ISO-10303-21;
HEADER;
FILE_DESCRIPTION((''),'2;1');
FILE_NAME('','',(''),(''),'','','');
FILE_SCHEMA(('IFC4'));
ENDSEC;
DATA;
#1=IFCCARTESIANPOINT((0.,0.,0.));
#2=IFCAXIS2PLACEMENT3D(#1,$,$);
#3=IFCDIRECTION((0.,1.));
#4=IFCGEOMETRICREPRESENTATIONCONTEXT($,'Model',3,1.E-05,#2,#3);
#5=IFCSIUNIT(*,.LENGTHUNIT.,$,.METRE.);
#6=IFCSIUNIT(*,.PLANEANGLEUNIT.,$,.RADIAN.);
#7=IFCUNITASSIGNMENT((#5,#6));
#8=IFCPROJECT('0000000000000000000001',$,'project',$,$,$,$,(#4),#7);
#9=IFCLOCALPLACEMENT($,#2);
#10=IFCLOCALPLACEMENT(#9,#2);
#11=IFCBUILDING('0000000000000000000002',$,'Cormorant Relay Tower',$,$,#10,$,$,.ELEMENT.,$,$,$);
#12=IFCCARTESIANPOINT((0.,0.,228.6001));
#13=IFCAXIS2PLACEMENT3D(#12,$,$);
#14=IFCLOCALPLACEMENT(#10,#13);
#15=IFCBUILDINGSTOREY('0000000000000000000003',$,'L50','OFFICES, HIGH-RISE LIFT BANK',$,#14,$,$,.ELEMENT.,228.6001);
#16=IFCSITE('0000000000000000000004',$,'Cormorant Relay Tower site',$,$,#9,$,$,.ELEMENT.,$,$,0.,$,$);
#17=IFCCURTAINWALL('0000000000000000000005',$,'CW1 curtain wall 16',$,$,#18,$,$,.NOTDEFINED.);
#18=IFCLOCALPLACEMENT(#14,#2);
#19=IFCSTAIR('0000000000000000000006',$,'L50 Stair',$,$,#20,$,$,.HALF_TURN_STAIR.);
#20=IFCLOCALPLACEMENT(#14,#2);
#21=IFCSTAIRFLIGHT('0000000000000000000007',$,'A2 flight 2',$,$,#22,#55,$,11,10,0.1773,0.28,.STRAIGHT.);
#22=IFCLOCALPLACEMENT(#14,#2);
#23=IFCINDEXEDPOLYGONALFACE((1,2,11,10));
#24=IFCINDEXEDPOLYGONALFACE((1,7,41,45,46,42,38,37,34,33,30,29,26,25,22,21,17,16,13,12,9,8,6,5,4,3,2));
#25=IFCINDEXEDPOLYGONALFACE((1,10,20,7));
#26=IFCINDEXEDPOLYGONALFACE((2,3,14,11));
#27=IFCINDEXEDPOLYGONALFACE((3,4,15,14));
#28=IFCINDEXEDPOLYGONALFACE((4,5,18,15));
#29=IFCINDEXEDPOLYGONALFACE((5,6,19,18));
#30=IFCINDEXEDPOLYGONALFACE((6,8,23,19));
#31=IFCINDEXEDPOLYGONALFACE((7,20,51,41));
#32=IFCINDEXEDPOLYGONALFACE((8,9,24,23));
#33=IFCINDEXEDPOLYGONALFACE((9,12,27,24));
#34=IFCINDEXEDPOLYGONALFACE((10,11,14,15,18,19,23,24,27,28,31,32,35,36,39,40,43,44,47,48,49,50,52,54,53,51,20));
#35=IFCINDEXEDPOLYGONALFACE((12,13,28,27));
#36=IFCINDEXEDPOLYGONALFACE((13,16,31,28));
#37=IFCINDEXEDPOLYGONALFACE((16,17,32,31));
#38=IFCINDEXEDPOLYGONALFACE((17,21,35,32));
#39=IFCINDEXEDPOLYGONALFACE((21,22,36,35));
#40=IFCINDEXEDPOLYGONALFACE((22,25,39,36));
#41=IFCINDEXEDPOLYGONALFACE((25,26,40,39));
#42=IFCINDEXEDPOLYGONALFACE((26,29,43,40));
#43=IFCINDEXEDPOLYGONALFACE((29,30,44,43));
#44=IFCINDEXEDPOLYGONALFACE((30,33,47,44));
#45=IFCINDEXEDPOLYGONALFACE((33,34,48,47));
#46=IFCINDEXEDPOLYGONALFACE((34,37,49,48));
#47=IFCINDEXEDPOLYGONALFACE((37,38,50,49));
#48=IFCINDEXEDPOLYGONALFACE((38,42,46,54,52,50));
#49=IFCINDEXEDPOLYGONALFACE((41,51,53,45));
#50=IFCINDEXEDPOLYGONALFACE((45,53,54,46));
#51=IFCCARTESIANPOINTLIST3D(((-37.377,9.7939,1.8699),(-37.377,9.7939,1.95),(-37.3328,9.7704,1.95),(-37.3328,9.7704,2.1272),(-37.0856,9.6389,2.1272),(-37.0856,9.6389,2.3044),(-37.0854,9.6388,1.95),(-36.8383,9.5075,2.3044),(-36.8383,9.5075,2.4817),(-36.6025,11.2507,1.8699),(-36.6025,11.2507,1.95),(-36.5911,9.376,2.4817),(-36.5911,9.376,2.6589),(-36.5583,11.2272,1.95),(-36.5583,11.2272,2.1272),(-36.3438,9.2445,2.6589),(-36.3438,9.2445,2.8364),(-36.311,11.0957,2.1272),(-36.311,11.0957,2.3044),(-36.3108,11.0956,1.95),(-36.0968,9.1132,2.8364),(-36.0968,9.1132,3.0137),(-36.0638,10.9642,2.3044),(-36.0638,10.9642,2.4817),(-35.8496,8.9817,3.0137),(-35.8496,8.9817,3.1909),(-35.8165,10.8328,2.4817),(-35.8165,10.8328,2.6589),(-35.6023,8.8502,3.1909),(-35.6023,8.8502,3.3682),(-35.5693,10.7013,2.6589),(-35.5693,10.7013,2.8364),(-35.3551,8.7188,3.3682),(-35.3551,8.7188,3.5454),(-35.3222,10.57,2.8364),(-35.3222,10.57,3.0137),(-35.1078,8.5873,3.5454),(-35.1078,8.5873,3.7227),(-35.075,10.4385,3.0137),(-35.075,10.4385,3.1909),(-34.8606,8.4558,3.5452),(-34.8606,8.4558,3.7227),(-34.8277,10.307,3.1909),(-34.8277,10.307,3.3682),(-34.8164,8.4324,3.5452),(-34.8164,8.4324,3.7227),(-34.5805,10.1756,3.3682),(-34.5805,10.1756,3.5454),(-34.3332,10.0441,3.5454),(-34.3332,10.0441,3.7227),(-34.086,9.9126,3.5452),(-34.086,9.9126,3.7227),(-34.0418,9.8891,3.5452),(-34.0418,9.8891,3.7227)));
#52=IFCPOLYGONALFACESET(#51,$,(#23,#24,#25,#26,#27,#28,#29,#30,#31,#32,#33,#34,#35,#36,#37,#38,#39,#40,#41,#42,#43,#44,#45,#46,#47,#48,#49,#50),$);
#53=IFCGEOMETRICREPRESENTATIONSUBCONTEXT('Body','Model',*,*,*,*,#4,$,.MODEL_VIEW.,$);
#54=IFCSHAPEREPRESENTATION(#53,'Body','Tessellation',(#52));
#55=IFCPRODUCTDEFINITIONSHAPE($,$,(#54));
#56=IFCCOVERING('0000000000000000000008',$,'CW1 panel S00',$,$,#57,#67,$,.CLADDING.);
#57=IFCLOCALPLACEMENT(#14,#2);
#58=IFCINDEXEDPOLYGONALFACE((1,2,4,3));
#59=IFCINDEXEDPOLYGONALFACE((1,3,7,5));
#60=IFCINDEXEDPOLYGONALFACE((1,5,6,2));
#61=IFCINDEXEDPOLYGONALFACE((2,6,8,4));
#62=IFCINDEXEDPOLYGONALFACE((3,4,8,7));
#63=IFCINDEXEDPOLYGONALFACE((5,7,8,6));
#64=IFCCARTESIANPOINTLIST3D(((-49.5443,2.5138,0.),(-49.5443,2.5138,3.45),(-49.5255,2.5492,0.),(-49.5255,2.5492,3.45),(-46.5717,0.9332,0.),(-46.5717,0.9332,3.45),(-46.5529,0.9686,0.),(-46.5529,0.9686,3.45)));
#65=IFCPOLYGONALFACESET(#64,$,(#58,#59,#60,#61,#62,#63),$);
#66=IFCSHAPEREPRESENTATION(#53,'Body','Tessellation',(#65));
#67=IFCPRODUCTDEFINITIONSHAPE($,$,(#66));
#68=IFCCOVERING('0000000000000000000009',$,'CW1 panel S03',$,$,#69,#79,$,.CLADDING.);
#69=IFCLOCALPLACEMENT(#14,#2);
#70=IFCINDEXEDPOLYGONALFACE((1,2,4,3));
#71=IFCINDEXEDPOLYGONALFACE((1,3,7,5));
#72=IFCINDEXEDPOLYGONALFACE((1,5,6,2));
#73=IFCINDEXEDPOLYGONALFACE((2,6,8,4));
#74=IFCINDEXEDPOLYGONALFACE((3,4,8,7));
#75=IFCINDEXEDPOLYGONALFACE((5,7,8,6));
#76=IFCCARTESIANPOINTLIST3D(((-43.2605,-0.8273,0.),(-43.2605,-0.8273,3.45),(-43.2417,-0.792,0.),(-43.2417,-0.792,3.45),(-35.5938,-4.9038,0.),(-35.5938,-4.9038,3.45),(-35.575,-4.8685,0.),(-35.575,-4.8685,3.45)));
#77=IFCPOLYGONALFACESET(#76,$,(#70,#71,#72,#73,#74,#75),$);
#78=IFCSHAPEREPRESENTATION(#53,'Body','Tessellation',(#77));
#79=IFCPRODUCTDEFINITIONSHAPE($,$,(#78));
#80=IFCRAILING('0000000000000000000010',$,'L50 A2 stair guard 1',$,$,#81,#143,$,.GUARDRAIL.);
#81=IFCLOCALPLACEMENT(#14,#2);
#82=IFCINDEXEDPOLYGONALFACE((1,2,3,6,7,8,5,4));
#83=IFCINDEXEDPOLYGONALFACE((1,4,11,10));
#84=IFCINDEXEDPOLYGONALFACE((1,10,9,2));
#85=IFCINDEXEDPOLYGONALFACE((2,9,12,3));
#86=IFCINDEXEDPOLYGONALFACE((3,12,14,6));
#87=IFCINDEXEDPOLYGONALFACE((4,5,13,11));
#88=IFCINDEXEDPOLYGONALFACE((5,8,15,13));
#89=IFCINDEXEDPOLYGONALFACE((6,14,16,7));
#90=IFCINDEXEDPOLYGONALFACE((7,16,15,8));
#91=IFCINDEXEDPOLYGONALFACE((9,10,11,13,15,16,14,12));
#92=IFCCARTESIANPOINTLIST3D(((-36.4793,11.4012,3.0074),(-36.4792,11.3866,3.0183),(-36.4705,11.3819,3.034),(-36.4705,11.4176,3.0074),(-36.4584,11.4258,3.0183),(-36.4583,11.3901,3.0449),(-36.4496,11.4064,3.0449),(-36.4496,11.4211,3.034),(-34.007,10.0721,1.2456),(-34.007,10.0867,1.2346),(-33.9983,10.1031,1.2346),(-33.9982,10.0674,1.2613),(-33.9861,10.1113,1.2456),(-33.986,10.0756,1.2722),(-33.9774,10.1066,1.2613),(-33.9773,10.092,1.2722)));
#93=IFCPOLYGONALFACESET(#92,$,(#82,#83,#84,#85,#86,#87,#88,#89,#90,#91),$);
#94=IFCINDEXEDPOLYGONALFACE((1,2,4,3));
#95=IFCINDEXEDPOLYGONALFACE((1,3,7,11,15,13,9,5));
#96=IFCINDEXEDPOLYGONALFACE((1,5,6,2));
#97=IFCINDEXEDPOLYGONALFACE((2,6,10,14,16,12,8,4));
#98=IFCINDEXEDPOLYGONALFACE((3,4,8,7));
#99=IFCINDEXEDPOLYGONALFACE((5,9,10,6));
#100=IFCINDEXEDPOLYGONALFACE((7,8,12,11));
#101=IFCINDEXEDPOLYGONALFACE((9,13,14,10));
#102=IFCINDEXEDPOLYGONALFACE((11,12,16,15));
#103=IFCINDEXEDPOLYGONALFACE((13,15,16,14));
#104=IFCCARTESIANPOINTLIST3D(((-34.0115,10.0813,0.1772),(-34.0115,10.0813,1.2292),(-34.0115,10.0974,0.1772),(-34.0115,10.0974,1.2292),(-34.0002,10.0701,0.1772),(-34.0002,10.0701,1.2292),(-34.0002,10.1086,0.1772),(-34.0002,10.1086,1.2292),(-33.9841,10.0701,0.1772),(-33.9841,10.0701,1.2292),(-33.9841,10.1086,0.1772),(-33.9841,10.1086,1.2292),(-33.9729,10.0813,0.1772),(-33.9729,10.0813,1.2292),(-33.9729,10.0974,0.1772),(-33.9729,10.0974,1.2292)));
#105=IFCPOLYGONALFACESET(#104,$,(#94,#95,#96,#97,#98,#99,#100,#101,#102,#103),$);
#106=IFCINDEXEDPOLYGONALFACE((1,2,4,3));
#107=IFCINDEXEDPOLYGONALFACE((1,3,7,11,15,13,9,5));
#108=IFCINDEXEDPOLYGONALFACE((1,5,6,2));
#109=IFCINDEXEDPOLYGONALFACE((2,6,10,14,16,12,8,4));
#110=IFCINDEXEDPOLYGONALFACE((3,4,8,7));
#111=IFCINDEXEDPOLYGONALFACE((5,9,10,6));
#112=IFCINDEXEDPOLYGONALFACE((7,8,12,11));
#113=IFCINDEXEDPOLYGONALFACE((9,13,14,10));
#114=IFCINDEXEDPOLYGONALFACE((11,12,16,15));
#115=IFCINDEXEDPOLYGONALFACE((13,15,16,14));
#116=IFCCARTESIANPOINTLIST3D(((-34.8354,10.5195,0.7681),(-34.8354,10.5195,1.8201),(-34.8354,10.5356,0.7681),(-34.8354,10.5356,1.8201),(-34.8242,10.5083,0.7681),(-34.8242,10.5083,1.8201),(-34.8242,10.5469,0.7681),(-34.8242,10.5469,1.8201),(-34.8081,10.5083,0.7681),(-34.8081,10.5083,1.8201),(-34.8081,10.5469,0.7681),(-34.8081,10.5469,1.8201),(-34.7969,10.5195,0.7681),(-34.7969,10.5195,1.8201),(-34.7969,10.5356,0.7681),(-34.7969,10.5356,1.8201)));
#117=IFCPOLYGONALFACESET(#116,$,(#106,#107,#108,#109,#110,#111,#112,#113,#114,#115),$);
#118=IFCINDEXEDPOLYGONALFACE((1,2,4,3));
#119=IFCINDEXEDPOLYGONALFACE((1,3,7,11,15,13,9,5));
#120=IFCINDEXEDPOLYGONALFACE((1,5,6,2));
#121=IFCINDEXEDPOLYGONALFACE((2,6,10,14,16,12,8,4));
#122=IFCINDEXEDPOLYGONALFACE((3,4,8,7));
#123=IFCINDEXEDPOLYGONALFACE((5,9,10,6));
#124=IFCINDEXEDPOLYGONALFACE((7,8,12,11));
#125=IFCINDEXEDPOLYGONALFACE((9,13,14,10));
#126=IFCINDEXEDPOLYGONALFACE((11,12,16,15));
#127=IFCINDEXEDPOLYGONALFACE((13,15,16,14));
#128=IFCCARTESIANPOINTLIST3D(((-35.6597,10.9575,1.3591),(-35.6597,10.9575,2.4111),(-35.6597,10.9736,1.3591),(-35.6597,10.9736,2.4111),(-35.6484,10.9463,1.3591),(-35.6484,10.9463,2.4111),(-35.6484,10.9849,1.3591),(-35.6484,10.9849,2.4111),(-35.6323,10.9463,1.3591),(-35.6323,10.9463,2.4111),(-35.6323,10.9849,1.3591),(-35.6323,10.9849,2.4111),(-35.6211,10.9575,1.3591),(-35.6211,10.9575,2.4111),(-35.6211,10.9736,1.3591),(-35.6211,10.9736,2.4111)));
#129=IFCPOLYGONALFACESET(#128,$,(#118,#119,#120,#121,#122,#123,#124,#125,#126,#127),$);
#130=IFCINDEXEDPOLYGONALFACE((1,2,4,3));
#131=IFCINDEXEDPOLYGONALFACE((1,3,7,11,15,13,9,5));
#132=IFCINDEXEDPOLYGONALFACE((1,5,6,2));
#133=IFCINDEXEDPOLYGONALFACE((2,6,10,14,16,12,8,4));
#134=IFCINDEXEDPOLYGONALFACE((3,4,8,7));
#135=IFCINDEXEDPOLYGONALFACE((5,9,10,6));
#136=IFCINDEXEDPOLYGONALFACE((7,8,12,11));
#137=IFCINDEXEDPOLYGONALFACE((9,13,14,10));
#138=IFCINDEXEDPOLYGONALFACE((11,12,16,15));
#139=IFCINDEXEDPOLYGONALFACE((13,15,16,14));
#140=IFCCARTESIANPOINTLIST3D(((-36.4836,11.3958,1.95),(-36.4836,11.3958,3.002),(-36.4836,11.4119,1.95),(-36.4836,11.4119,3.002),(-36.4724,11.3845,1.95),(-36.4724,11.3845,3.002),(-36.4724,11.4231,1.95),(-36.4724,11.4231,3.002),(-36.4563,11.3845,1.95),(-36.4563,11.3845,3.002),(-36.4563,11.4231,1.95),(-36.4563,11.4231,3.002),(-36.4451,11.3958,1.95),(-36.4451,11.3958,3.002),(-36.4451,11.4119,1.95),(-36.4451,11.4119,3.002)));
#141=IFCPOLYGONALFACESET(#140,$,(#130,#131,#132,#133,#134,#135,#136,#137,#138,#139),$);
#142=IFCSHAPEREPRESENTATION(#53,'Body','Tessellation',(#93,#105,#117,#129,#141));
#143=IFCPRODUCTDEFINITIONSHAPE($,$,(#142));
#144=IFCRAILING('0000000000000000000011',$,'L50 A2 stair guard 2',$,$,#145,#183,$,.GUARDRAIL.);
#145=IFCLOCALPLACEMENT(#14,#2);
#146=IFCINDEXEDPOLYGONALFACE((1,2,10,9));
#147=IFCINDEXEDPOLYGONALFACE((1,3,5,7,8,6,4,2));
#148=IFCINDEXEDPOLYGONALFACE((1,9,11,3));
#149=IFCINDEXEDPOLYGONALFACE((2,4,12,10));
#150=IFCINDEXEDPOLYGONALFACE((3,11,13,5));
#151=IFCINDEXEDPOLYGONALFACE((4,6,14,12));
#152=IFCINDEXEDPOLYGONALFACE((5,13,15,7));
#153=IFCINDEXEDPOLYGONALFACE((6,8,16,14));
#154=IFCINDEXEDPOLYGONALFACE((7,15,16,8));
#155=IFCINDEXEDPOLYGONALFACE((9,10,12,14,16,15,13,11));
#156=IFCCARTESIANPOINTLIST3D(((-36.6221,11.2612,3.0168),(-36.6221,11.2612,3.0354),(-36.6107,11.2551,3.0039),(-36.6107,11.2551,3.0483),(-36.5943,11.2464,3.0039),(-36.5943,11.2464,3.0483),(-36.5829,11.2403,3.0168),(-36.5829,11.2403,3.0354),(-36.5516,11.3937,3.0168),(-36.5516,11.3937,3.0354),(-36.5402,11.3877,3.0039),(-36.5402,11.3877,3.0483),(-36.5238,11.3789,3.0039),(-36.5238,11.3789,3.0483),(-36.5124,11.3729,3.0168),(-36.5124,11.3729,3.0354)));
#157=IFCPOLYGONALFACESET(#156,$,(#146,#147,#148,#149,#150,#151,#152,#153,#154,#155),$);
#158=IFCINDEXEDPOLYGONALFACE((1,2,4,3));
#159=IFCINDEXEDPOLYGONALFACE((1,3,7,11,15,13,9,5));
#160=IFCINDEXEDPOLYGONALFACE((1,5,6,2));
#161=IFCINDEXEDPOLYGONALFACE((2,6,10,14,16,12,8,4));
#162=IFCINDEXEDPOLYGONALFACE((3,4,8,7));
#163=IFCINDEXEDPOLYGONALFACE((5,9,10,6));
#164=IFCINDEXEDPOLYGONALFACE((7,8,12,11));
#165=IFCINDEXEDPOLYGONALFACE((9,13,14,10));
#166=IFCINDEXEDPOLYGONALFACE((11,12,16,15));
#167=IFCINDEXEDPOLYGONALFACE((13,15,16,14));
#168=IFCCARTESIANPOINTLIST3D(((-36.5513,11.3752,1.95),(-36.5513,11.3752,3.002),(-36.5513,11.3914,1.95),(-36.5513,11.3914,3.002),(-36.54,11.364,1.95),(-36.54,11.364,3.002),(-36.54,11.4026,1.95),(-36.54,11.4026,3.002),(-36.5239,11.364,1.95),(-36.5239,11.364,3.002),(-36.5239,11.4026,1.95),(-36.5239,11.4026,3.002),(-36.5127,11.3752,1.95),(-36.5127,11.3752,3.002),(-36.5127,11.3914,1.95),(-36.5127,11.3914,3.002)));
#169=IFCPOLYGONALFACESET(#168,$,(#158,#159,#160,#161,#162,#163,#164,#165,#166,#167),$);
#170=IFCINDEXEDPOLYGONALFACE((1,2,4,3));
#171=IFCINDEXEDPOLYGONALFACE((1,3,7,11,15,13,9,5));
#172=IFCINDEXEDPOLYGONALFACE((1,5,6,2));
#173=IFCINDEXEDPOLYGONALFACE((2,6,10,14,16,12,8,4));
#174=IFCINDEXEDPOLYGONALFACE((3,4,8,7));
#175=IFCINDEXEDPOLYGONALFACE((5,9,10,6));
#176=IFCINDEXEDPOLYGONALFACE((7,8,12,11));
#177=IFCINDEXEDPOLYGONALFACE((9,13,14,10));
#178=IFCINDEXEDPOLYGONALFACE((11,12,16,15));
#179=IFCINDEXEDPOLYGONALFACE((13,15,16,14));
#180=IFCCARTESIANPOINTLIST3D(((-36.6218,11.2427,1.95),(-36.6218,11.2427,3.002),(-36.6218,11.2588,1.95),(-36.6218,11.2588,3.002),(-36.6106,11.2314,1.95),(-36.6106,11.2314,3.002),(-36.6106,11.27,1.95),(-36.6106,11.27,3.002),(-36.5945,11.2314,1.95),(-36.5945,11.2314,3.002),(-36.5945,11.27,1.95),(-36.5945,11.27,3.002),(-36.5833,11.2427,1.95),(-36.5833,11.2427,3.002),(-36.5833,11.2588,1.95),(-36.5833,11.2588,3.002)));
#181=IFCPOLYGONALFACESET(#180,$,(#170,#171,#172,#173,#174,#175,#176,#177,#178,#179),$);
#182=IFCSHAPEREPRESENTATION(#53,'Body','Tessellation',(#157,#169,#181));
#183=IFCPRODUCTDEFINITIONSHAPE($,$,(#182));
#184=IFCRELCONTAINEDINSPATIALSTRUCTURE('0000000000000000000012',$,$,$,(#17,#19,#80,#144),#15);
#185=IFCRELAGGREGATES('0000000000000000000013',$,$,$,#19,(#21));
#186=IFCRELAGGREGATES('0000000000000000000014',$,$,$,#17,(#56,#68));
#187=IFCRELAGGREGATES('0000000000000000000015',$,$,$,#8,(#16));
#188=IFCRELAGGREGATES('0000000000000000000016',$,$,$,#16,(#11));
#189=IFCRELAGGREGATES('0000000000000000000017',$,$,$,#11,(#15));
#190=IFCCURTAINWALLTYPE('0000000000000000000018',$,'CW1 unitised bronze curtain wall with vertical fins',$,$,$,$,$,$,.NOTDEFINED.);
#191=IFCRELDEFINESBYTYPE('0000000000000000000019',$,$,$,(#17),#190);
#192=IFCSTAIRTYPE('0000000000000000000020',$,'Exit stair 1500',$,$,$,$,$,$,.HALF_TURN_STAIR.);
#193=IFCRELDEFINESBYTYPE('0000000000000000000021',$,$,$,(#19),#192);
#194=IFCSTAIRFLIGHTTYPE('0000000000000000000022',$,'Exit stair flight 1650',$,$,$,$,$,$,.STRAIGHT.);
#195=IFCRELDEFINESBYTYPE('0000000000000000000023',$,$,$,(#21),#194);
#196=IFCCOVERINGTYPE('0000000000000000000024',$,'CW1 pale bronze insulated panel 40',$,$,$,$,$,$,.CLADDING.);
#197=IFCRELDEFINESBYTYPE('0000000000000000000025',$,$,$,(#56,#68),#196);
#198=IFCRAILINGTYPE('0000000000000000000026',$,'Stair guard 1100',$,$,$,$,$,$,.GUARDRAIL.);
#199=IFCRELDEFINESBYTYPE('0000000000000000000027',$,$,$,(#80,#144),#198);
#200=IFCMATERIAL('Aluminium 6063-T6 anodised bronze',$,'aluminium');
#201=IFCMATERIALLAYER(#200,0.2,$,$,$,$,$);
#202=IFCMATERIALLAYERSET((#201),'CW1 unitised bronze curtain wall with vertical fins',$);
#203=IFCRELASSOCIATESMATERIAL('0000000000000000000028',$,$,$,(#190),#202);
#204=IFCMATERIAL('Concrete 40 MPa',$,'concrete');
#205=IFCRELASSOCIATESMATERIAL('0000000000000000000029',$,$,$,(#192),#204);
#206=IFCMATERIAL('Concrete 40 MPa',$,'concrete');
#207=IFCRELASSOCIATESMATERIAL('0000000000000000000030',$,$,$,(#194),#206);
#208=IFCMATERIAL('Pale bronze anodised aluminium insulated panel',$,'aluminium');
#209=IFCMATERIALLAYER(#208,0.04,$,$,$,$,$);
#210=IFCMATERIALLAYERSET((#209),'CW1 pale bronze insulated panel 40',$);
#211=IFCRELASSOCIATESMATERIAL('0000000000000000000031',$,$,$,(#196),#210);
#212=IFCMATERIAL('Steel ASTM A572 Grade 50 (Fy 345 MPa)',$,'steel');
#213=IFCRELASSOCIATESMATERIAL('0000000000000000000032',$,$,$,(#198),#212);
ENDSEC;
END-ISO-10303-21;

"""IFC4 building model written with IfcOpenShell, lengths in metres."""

from ifc_helpers import new_model, si_unit, direction, frame, origin, origin_2d, place, context, subcontext, project, spatial, polyline, rectangle, outline, extrude, material, layer, layer_set, type_object, element, aggregate, save


model = new_model("IFC4")

# Units and contexts
model_context = context("Model", 3, precision=1e-05, world=origin(), true_north=direction((0.0, 1.0)))
body_context = subcontext(model_context, "Body", "Model", "MODEL_VIEW")
ifc_project = project(units=[si_unit("LENGTHUNIT", "METRE"), si_unit("PLANEANGLEUNIT", "RADIAN")], contexts=[model_context])

# Site, building, storey
site_placement = place(None, origin())
site = spatial("IfcSite", under=ifc_project, at=site_placement, Name="Cormorant Relay Tower site", CompositionType="ELEMENT", RefElevation=0.0)
building_placement = place(site_placement, origin())
building = spatial("IfcBuilding", under=site, at=building_placement, Name="Cormorant Relay Tower", CompositionType="ELEMENT")
storey_placement = place(building_placement, frame((0.0, 0.0, 228.6001)))
storey = spatial("IfcBuildingStorey", under=building, at=storey_placement, Name="L50", Description="OFFICES, HIGH-RISE LIFT BANK", CompositionType="ELEMENT", Elevation=228.6001)

# Curtain wall
ifc_material_1 = material(Name="Aluminium 6063-T6 anodised bronze", Category="aluminium")
ifc_layer_1 = layer(ifc_material_1, 0.2)
ifc_layer_set_1 = layer_set([ifc_layer_1], Name="CW1 unitised bronze curtain wall with vertical fins")
curtain_wall_type = type_object("IfcCurtainWallType", Name="CW1 unitised bronze curtain wall with vertical fins", PredefinedType="NOTDEFINED", material=ifc_layer_set_1)
curtain_wall_placement = place(storey_placement, origin())
curtain_wall = element("IfcCurtainWall", 1, at=curtain_wall_placement, inside=storey, type_object=curtain_wall_type, Name="CW1 curtain wall 16", PredefinedType="NOTDEFINED")

# Stair, stair flight
ifc_material_2 = material(Name="Concrete 40 MPa", Category="concrete")
stair_type = type_object("IfcStairType", Name="Exit stair 1500", PredefinedType="HALF_TURN_STAIR", material=ifc_material_2)
stair_placement = place(storey_placement, origin())
stair = element("IfcStair", 2, at=stair_placement, inside=storey, type_object=stair_type, Name="L50 Stair", PredefinedType="HALF_TURN_STAIR")
ifc_material_3 = material(Name="Concrete 40 MPa", Category="concrete")
stair_flight_type = type_object("IfcStairFlightType", Name="Exit stair flight 1650", PredefinedType="STRAIGHT", material=ifc_material_3)
stair_flight_1_placement = place(storey_placement, frame((-36.9456, 10.4988, 1.95), z_axis=(0.0, 0.0, 1.0), x_axis=(0.882948, -0.469472, 0.0)))
stair_flight_1 = element("IfcStairFlight", 3, at=stair_flight_1_placement, type_object=stair_flight_type, Name="A2 flight 2", NumberOfRisers=11, NumberOfTreads=10, PredefinedType="STRAIGHT", RiserHeight=0.1773, TreadLength=0.28, context=body_context, shape_type="SweptSolid", body=[
    extrude(outline(polyline([(-0.05, -0.0801), (-0.05, 0.0), (0.0, 0.0), (0.0, 0.1772), (0.28, 0.1772), (0.28, 0.3545), (0.5601, 0.3545), (0.5601, 0.5317), (0.8401, 0.5317), (0.8401, 0.709), (1.1201, 0.709), (1.1201, 0.8865), (1.3999, 0.8865), (1.3999, 1.0637), (1.6799, 1.0637), (1.6799, 1.241), (1.96, 1.241), (1.96, 1.4182), (2.24, 1.4182), (2.24, 1.5955), (2.52, 1.5955), (2.52, 1.7727), (2.8, 1.7727), (2.8501, 1.7727), (2.8501, 1.5952), (2.8, 1.5952), (0.2803, 0.0), (-0.05, -0.0801)])), frame((0.0, 0.825, 0.0), z_axis=(0.0, -1.0, 0.0), x_axis=(1.0, 0.0, 0.0)), (0.0, 0.0, 1.0), 1.6499),
])
aggregate(stair, [stair_flight_1])

# Coverings
ifc_material_4 = material(Name="Pale bronze anodised aluminium insulated panel", Category="aluminium")
ifc_layer_2 = layer(ifc_material_4, 0.04)
ifc_layer_set_2 = layer_set([ifc_layer_2], Name="CW1 pale bronze insulated panel 40")
covering_type = type_object("IfcCoveringType", Name="CW1 pale bronze insulated panel 40", PredefinedType="CLADDING", material=ifc_layer_set_2)
covering_1_placement = place(storey_placement, frame((-48.0486, 1.7412, 0.0), z_axis=(0.0, 0.0, 1.0), x_axis=(0.882948, -0.469472, 0.0)))
covering_1 = element("IfcCovering", 4, at=covering_1_placement, type_object=covering_type, Name="CW1 panel S00", PredefinedType="CLADDING", context=body_context, shape_type="SweptSolid", body=[
    extrude(rectangle(XDim=3.3667, YDim=0.04, at=origin_2d()), origin(), (0.0, 0.0, 1.0), 3.45),
])
covering_2_placement = place(storey_placement, frame((-39.4177, -2.8479, 0.0), z_axis=(0.0, 0.0, 1.0), x_axis=(0.882948, -0.469472, 0.0)))
covering_2 = element("IfcCovering", 5, at=covering_2_placement, type_object=covering_type, Name="CW1 panel S03", PredefinedType="CLADDING", context=body_context, shape_type="SweptSolid", body=[
    extrude(rectangle(XDim=8.6831, YDim=0.04, at=origin_2d()), origin(), (0.0, 0.0, 1.0), 3.45),
])
aggregate(curtain_wall, [covering_1, covering_2])

# Railings
ifc_material_5 = material(Name="Steel ASTM A572 Grade 50 (Fy 345 MPa)", Category="steel")
railing_type_1 = type_object("IfcRailingType", Name="Stair guard 1100", PredefinedType="GUARDRAIL", material=ifc_material_5)
railing_1_placement = place(storey_placement, frame((-33.9922, 10.0894, 0.1772)))
element("IfcRailing", 6, at=railing_1_placement, inside=storey, type_object=railing_type_1, Name="L50 A2 stair guard 1", PredefinedType="GUARDRAIL", context=body_context, shape_type="SweptSolid", body=[
    extrude(outline(polyline([(0.0222, 0.0093), (0.0093, 0.0222), (-0.0093, 0.0222), (-0.0222, 0.0093), (-0.0222, -0.0093), (-0.0093, -0.0222), (0.0093, -0.0222), (0.0222, -0.0093), (0.0222, 0.0093)])), frame((0.0, 0.0, 1.0762), z_axis=(-0.746001, 0.396649, 0.534931), x_axis=(-0.469465, -0.882951, 0.0)), (0.0, 0.0, 1.0), 3.314),
    extrude(outline(polyline([(0.0193, 0.0081), (0.0081, 0.0193), (-0.0081, 0.0193), (-0.0193, 0.0081), (-0.0193, -0.0081), (-0.0081, -0.0193), (0.0081, -0.0193), (0.0193, -0.0081), (0.0193, 0.0081)])), origin(), (0.0, 0.0, 1.0), 1.052),
    extrude(outline(polyline([(0.0193, 0.0081), (0.0081, 0.0193), (-0.0081, 0.0193), (-0.0193, 0.0081), (-0.0193, -0.0081), (-0.0081, -0.0193), (0.0081, -0.0193), (0.0193, -0.0081), (0.0193, 0.0081)])), frame((-0.824, 0.4382, 0.5908)), (0.0, 0.0, 1.0), 1.052),
    extrude(outline(polyline([(0.0193, 0.0081), (0.0081, 0.0193), (-0.0081, 0.0193), (-0.0193, 0.0081), (-0.0193, -0.0081), (-0.0081, -0.0193), (0.0081, -0.0193), (0.0193, -0.0081), (0.0193, 0.0081)])), frame((-1.6482, 0.8762, 1.1819)), (0.0, 0.0, 1.0), 1.052),
    extrude(outline(polyline([(0.0193, 0.0081), (0.0081, 0.0193), (-0.0081, 0.0193), (-0.0193, 0.0081), (-0.0193, -0.0081), (-0.0081, -0.0193), (0.0081, -0.0193), (0.0193, -0.0081), (0.0193, 0.0081)])), frame((-2.4722, 1.3145, 1.7727)), (0.0, 0.0, 1.0), 1.052),
])
railing_2_placement = place(storey_placement, frame((-36.532, 11.3833, 1.95)))
element("IfcRailing", 7, at=railing_2_placement, inside=storey, type_object=railing_type_1, Name="L50 A2 stair guard 2", PredefinedType="GUARDRAIL", context=body_context, shape_type="SweptSolid", body=[
    extrude(outline(polyline([(0.0222, 0.0093), (0.0093, 0.0222), (-0.0093, 0.0222), (-0.0222, 0.0093), (-0.0222, -0.0093), (-0.0093, -0.0222), (0.0093, -0.0222), (0.0222, -0.0093), (0.0222, 0.0093)])), frame((0.0, 0.0, 1.0762), z_axis=(-0.469829, -0.882758, 0.0), x_axis=(0.882758, -0.469829, 0.0)), (0.0, 0.0, 1.0), 0.1501),
    extrude(outline(polyline([(0.0193, 0.0081), (0.0081, 0.0193), (-0.0081, 0.0193), (-0.0193, 0.0081), (-0.0193, -0.0081), (-0.0081, -0.0193), (0.0081, -0.0193), (0.0193, -0.0081), (0.0193, 0.0081)])), origin(), (0.0, 0.0, 1.0), 1.052),
    extrude(outline(polyline([(0.0193, 0.0081), (0.0081, 0.0193), (-0.0081, 0.0193), (-0.0193, 0.0081), (-0.0193, -0.0081), (-0.0081, -0.0193), (0.0081, -0.0193), (0.0193, -0.0081), (0.0193, 0.0081)])), frame((-0.0706, -0.1326, 0.0)), (0.0, 0.0, 1.0), 1.052),
])

save(model, "model.ifc")
